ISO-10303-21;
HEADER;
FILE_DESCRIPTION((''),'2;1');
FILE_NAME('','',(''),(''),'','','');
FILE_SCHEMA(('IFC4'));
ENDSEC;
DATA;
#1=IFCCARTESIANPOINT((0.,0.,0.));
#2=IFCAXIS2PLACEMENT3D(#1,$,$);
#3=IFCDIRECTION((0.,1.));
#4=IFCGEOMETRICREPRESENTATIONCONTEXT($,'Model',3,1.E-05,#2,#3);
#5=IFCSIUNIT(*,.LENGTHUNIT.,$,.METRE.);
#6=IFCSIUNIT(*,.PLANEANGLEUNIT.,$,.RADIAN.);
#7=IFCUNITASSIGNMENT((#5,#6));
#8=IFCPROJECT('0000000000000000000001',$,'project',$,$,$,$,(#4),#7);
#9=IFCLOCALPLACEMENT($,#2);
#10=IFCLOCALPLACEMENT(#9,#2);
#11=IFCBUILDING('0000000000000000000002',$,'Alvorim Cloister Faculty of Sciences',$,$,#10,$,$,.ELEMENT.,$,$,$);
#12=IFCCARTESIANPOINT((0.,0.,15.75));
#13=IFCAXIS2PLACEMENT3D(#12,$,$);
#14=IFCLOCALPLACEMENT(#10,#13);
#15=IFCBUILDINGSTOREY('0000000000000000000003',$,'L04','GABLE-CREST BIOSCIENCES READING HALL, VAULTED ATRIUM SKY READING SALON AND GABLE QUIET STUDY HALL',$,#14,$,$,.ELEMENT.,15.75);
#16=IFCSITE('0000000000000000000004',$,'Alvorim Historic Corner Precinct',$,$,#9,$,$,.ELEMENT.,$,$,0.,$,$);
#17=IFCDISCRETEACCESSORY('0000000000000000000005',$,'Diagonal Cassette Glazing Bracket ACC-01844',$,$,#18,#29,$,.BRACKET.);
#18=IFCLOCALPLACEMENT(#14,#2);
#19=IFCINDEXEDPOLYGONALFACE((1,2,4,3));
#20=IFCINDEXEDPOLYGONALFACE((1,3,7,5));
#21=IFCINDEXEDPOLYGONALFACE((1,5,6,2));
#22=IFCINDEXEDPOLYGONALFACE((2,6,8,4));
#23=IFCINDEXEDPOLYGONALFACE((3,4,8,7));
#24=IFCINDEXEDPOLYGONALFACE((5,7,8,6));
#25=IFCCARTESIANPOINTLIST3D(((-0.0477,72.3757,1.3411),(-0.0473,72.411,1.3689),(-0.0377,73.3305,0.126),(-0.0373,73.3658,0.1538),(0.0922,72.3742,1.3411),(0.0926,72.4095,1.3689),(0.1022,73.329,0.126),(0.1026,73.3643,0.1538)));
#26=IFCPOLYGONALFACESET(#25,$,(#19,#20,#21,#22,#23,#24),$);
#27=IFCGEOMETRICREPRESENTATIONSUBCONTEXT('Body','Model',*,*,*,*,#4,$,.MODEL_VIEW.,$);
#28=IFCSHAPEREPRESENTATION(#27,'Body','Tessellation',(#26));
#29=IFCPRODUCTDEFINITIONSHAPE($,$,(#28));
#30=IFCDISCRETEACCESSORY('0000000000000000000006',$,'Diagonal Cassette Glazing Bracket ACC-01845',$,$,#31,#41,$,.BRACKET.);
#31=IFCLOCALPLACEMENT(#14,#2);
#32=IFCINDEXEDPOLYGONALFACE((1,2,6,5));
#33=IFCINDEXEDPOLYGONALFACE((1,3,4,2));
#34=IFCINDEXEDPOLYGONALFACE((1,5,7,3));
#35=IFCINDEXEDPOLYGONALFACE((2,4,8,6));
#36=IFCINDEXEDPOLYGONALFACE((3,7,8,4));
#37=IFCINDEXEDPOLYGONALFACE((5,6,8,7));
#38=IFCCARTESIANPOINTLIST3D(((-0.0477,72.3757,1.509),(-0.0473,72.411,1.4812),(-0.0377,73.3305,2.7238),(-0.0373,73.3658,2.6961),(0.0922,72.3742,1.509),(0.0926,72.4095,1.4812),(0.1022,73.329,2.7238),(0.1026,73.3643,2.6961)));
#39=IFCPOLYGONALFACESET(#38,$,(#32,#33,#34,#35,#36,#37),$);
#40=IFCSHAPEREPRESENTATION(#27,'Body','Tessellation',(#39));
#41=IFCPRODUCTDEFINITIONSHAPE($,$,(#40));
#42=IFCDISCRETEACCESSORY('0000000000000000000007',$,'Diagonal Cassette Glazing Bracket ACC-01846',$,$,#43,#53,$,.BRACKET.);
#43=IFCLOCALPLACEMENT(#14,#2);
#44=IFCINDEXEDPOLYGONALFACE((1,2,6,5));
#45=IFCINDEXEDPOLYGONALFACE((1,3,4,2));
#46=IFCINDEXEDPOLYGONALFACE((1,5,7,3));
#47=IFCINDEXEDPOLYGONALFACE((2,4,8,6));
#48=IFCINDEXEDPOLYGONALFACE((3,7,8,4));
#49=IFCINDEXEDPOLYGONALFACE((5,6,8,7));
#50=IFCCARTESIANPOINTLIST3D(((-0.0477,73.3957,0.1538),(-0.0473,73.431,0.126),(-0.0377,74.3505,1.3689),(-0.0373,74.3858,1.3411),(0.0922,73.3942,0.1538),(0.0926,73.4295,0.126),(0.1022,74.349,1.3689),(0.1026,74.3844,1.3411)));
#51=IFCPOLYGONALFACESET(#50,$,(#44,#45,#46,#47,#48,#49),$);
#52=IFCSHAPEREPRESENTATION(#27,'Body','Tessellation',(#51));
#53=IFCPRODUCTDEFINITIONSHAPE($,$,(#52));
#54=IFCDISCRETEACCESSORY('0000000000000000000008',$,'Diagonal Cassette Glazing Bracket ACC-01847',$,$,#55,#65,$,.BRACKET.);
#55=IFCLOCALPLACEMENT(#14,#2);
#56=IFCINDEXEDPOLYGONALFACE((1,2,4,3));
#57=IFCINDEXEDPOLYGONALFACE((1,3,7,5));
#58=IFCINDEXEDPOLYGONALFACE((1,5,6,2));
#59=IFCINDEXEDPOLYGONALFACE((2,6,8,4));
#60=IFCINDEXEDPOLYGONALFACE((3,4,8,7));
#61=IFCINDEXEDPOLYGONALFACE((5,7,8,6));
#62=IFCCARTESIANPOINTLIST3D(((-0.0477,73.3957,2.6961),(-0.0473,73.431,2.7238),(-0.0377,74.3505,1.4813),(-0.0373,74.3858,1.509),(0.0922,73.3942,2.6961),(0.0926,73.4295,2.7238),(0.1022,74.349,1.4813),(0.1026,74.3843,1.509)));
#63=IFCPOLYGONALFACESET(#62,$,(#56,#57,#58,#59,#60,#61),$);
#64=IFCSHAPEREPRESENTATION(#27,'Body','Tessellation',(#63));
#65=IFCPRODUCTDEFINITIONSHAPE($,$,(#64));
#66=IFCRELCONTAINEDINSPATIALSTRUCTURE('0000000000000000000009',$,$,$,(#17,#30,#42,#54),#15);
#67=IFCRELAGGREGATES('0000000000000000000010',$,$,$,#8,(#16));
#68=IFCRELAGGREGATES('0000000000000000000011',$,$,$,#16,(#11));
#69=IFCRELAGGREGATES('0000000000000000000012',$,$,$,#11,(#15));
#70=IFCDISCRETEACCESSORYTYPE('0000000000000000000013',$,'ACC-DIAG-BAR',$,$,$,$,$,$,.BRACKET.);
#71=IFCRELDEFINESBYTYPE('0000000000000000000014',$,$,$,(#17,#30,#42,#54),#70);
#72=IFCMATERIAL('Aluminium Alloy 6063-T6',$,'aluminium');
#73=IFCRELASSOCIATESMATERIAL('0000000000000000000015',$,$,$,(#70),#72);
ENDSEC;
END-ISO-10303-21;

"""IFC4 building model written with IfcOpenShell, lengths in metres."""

from ifc_helpers import new_model, si_unit, direction, frame, origin, origin_2d, place, context, subcontext, project, spatial, rectangle, extrude, material, type_object, element, save


model = new_model("IFC4")

# Units and contexts
model_context = context("Model", 3, precision=1e-05, world=origin(), true_north=direction((0.0, 1.0)))
body_context = subcontext(model_context, "Body", "Model", "MODEL_VIEW")
ifc_project = project(units=[si_unit("LENGTHUNIT", "METRE"), si_unit("PLANEANGLEUNIT", "RADIAN")], contexts=[model_context])

# Site, building, storey
site_placement = place(None, origin())
site = spatial("IfcSite", under=ifc_project, at=site_placement, Name="Alvorim Historic Corner Precinct", CompositionType="ELEMENT", RefElevation=0.0)
building_placement = place(site_placement, origin())
building = spatial("IfcBuilding", under=site, at=building_placement, Name="Alvorim Cloister Faculty of Sciences", CompositionType="ELEMENT")
storey_placement = place(building_placement, frame((0.0, 0.0, 15.75)))
storey = spatial("IfcBuildingStorey", under=building, at=storey_placement, Name="L04", Description="GABLE-CREST BIOSCIENCES READING HALL, VAULTED ATRIUM SKY READING SALON AND GABLE QUIET STUDY HALL", CompositionType="ELEMENT", Elevation=15.75)

# Shared definitions
ifc_material_1 = material(Name="Aluminium Alloy 6063-T6", Category="aluminium")

# Discrete accessories
discrete_accessory_type = type_object("IfcDiscreteAccessoryType", Name="ACC-DIAG-BAR", PredefinedType="BRACKET", material=ifc_material_1)
discrete_accessory_1_placement = place(storey_placement, frame((0.0225, 72.3926, 1.355), z_axis=(0.006477, 0.617857, -0.786263), x_axis=(-0.999945, 0.010483, 0.0)))
element("IfcDiscreteAccessory", 1, at=discrete_accessory_1_placement, inside=storey, type_object=discrete_accessory_type, Name="Diagonal Cassette Glazing Bracket ACC-01844", PredefinedType="BRACKET", context=body_context, shape_type="SweptSolid", body=[
    extrude(rectangle(XDim=0.1399, YDim=0.0449, at=origin_2d()), origin(), (0.0, 0.0, 1.0), 1.5454),
])
discrete_accessory_2_placement = place(storey_placement, frame((0.0225, 72.3926, 1.4951), z_axis=(0.006478, 0.617934, 0.786203), x_axis=(-0.999945, 0.010483, 0.0)))
element("IfcDiscreteAccessory", 2, at=discrete_accessory_2_placement, inside=storey, type_object=discrete_accessory_type, Name="Diagonal Cassette Glazing Bracket ACC-01845", PredefinedType="BRACKET", context=body_context, shape_type="SweptSolid", body=[
    extrude(rectangle(XDim=0.1399, YDim=0.0449, at=origin_2d()), origin(), (0.0, 0.0, 1.0), 1.5452),
])
discrete_accessory_3_placement = place(storey_placement, frame((0.0225, 73.4126, 0.1399), z_axis=(0.006477, 0.617857, 0.786263), x_axis=(-0.999945, 0.010483, 0.0)))
element("IfcDiscreteAccessory", 3, at=discrete_accessory_3_placement, inside=storey, type_object=discrete_accessory_type, Name="Diagonal Cassette Glazing Bracket ACC-01846", PredefinedType="BRACKET", context=body_context, shape_type="SweptSolid", body=[
    extrude(rectangle(XDim=0.1399, YDim=0.0449, at=origin_2d()), origin(), (0.0, 0.0, 1.0), 1.5454),
])
discrete_accessory_4_placement = place(storey_placement, frame((0.0225, 73.4126, 2.71), z_axis=(0.006478, 0.617934, -0.786203), x_axis=(-0.999945, 0.010483, 0.0)))
element("IfcDiscreteAccessory", 4, at=discrete_accessory_4_placement, inside=storey, type_object=discrete_accessory_type, Name="Diagonal Cassette Glazing Bracket ACC-01847", PredefinedType="BRACKET", context=body_context, shape_type="SweptSolid", body=[
    extrude(rectangle(XDim=0.1399, YDim=0.0449, at=origin_2d()), origin(), (0.0, 0.0, 1.0), 1.5452),
])

save(model, "model.ifc")
